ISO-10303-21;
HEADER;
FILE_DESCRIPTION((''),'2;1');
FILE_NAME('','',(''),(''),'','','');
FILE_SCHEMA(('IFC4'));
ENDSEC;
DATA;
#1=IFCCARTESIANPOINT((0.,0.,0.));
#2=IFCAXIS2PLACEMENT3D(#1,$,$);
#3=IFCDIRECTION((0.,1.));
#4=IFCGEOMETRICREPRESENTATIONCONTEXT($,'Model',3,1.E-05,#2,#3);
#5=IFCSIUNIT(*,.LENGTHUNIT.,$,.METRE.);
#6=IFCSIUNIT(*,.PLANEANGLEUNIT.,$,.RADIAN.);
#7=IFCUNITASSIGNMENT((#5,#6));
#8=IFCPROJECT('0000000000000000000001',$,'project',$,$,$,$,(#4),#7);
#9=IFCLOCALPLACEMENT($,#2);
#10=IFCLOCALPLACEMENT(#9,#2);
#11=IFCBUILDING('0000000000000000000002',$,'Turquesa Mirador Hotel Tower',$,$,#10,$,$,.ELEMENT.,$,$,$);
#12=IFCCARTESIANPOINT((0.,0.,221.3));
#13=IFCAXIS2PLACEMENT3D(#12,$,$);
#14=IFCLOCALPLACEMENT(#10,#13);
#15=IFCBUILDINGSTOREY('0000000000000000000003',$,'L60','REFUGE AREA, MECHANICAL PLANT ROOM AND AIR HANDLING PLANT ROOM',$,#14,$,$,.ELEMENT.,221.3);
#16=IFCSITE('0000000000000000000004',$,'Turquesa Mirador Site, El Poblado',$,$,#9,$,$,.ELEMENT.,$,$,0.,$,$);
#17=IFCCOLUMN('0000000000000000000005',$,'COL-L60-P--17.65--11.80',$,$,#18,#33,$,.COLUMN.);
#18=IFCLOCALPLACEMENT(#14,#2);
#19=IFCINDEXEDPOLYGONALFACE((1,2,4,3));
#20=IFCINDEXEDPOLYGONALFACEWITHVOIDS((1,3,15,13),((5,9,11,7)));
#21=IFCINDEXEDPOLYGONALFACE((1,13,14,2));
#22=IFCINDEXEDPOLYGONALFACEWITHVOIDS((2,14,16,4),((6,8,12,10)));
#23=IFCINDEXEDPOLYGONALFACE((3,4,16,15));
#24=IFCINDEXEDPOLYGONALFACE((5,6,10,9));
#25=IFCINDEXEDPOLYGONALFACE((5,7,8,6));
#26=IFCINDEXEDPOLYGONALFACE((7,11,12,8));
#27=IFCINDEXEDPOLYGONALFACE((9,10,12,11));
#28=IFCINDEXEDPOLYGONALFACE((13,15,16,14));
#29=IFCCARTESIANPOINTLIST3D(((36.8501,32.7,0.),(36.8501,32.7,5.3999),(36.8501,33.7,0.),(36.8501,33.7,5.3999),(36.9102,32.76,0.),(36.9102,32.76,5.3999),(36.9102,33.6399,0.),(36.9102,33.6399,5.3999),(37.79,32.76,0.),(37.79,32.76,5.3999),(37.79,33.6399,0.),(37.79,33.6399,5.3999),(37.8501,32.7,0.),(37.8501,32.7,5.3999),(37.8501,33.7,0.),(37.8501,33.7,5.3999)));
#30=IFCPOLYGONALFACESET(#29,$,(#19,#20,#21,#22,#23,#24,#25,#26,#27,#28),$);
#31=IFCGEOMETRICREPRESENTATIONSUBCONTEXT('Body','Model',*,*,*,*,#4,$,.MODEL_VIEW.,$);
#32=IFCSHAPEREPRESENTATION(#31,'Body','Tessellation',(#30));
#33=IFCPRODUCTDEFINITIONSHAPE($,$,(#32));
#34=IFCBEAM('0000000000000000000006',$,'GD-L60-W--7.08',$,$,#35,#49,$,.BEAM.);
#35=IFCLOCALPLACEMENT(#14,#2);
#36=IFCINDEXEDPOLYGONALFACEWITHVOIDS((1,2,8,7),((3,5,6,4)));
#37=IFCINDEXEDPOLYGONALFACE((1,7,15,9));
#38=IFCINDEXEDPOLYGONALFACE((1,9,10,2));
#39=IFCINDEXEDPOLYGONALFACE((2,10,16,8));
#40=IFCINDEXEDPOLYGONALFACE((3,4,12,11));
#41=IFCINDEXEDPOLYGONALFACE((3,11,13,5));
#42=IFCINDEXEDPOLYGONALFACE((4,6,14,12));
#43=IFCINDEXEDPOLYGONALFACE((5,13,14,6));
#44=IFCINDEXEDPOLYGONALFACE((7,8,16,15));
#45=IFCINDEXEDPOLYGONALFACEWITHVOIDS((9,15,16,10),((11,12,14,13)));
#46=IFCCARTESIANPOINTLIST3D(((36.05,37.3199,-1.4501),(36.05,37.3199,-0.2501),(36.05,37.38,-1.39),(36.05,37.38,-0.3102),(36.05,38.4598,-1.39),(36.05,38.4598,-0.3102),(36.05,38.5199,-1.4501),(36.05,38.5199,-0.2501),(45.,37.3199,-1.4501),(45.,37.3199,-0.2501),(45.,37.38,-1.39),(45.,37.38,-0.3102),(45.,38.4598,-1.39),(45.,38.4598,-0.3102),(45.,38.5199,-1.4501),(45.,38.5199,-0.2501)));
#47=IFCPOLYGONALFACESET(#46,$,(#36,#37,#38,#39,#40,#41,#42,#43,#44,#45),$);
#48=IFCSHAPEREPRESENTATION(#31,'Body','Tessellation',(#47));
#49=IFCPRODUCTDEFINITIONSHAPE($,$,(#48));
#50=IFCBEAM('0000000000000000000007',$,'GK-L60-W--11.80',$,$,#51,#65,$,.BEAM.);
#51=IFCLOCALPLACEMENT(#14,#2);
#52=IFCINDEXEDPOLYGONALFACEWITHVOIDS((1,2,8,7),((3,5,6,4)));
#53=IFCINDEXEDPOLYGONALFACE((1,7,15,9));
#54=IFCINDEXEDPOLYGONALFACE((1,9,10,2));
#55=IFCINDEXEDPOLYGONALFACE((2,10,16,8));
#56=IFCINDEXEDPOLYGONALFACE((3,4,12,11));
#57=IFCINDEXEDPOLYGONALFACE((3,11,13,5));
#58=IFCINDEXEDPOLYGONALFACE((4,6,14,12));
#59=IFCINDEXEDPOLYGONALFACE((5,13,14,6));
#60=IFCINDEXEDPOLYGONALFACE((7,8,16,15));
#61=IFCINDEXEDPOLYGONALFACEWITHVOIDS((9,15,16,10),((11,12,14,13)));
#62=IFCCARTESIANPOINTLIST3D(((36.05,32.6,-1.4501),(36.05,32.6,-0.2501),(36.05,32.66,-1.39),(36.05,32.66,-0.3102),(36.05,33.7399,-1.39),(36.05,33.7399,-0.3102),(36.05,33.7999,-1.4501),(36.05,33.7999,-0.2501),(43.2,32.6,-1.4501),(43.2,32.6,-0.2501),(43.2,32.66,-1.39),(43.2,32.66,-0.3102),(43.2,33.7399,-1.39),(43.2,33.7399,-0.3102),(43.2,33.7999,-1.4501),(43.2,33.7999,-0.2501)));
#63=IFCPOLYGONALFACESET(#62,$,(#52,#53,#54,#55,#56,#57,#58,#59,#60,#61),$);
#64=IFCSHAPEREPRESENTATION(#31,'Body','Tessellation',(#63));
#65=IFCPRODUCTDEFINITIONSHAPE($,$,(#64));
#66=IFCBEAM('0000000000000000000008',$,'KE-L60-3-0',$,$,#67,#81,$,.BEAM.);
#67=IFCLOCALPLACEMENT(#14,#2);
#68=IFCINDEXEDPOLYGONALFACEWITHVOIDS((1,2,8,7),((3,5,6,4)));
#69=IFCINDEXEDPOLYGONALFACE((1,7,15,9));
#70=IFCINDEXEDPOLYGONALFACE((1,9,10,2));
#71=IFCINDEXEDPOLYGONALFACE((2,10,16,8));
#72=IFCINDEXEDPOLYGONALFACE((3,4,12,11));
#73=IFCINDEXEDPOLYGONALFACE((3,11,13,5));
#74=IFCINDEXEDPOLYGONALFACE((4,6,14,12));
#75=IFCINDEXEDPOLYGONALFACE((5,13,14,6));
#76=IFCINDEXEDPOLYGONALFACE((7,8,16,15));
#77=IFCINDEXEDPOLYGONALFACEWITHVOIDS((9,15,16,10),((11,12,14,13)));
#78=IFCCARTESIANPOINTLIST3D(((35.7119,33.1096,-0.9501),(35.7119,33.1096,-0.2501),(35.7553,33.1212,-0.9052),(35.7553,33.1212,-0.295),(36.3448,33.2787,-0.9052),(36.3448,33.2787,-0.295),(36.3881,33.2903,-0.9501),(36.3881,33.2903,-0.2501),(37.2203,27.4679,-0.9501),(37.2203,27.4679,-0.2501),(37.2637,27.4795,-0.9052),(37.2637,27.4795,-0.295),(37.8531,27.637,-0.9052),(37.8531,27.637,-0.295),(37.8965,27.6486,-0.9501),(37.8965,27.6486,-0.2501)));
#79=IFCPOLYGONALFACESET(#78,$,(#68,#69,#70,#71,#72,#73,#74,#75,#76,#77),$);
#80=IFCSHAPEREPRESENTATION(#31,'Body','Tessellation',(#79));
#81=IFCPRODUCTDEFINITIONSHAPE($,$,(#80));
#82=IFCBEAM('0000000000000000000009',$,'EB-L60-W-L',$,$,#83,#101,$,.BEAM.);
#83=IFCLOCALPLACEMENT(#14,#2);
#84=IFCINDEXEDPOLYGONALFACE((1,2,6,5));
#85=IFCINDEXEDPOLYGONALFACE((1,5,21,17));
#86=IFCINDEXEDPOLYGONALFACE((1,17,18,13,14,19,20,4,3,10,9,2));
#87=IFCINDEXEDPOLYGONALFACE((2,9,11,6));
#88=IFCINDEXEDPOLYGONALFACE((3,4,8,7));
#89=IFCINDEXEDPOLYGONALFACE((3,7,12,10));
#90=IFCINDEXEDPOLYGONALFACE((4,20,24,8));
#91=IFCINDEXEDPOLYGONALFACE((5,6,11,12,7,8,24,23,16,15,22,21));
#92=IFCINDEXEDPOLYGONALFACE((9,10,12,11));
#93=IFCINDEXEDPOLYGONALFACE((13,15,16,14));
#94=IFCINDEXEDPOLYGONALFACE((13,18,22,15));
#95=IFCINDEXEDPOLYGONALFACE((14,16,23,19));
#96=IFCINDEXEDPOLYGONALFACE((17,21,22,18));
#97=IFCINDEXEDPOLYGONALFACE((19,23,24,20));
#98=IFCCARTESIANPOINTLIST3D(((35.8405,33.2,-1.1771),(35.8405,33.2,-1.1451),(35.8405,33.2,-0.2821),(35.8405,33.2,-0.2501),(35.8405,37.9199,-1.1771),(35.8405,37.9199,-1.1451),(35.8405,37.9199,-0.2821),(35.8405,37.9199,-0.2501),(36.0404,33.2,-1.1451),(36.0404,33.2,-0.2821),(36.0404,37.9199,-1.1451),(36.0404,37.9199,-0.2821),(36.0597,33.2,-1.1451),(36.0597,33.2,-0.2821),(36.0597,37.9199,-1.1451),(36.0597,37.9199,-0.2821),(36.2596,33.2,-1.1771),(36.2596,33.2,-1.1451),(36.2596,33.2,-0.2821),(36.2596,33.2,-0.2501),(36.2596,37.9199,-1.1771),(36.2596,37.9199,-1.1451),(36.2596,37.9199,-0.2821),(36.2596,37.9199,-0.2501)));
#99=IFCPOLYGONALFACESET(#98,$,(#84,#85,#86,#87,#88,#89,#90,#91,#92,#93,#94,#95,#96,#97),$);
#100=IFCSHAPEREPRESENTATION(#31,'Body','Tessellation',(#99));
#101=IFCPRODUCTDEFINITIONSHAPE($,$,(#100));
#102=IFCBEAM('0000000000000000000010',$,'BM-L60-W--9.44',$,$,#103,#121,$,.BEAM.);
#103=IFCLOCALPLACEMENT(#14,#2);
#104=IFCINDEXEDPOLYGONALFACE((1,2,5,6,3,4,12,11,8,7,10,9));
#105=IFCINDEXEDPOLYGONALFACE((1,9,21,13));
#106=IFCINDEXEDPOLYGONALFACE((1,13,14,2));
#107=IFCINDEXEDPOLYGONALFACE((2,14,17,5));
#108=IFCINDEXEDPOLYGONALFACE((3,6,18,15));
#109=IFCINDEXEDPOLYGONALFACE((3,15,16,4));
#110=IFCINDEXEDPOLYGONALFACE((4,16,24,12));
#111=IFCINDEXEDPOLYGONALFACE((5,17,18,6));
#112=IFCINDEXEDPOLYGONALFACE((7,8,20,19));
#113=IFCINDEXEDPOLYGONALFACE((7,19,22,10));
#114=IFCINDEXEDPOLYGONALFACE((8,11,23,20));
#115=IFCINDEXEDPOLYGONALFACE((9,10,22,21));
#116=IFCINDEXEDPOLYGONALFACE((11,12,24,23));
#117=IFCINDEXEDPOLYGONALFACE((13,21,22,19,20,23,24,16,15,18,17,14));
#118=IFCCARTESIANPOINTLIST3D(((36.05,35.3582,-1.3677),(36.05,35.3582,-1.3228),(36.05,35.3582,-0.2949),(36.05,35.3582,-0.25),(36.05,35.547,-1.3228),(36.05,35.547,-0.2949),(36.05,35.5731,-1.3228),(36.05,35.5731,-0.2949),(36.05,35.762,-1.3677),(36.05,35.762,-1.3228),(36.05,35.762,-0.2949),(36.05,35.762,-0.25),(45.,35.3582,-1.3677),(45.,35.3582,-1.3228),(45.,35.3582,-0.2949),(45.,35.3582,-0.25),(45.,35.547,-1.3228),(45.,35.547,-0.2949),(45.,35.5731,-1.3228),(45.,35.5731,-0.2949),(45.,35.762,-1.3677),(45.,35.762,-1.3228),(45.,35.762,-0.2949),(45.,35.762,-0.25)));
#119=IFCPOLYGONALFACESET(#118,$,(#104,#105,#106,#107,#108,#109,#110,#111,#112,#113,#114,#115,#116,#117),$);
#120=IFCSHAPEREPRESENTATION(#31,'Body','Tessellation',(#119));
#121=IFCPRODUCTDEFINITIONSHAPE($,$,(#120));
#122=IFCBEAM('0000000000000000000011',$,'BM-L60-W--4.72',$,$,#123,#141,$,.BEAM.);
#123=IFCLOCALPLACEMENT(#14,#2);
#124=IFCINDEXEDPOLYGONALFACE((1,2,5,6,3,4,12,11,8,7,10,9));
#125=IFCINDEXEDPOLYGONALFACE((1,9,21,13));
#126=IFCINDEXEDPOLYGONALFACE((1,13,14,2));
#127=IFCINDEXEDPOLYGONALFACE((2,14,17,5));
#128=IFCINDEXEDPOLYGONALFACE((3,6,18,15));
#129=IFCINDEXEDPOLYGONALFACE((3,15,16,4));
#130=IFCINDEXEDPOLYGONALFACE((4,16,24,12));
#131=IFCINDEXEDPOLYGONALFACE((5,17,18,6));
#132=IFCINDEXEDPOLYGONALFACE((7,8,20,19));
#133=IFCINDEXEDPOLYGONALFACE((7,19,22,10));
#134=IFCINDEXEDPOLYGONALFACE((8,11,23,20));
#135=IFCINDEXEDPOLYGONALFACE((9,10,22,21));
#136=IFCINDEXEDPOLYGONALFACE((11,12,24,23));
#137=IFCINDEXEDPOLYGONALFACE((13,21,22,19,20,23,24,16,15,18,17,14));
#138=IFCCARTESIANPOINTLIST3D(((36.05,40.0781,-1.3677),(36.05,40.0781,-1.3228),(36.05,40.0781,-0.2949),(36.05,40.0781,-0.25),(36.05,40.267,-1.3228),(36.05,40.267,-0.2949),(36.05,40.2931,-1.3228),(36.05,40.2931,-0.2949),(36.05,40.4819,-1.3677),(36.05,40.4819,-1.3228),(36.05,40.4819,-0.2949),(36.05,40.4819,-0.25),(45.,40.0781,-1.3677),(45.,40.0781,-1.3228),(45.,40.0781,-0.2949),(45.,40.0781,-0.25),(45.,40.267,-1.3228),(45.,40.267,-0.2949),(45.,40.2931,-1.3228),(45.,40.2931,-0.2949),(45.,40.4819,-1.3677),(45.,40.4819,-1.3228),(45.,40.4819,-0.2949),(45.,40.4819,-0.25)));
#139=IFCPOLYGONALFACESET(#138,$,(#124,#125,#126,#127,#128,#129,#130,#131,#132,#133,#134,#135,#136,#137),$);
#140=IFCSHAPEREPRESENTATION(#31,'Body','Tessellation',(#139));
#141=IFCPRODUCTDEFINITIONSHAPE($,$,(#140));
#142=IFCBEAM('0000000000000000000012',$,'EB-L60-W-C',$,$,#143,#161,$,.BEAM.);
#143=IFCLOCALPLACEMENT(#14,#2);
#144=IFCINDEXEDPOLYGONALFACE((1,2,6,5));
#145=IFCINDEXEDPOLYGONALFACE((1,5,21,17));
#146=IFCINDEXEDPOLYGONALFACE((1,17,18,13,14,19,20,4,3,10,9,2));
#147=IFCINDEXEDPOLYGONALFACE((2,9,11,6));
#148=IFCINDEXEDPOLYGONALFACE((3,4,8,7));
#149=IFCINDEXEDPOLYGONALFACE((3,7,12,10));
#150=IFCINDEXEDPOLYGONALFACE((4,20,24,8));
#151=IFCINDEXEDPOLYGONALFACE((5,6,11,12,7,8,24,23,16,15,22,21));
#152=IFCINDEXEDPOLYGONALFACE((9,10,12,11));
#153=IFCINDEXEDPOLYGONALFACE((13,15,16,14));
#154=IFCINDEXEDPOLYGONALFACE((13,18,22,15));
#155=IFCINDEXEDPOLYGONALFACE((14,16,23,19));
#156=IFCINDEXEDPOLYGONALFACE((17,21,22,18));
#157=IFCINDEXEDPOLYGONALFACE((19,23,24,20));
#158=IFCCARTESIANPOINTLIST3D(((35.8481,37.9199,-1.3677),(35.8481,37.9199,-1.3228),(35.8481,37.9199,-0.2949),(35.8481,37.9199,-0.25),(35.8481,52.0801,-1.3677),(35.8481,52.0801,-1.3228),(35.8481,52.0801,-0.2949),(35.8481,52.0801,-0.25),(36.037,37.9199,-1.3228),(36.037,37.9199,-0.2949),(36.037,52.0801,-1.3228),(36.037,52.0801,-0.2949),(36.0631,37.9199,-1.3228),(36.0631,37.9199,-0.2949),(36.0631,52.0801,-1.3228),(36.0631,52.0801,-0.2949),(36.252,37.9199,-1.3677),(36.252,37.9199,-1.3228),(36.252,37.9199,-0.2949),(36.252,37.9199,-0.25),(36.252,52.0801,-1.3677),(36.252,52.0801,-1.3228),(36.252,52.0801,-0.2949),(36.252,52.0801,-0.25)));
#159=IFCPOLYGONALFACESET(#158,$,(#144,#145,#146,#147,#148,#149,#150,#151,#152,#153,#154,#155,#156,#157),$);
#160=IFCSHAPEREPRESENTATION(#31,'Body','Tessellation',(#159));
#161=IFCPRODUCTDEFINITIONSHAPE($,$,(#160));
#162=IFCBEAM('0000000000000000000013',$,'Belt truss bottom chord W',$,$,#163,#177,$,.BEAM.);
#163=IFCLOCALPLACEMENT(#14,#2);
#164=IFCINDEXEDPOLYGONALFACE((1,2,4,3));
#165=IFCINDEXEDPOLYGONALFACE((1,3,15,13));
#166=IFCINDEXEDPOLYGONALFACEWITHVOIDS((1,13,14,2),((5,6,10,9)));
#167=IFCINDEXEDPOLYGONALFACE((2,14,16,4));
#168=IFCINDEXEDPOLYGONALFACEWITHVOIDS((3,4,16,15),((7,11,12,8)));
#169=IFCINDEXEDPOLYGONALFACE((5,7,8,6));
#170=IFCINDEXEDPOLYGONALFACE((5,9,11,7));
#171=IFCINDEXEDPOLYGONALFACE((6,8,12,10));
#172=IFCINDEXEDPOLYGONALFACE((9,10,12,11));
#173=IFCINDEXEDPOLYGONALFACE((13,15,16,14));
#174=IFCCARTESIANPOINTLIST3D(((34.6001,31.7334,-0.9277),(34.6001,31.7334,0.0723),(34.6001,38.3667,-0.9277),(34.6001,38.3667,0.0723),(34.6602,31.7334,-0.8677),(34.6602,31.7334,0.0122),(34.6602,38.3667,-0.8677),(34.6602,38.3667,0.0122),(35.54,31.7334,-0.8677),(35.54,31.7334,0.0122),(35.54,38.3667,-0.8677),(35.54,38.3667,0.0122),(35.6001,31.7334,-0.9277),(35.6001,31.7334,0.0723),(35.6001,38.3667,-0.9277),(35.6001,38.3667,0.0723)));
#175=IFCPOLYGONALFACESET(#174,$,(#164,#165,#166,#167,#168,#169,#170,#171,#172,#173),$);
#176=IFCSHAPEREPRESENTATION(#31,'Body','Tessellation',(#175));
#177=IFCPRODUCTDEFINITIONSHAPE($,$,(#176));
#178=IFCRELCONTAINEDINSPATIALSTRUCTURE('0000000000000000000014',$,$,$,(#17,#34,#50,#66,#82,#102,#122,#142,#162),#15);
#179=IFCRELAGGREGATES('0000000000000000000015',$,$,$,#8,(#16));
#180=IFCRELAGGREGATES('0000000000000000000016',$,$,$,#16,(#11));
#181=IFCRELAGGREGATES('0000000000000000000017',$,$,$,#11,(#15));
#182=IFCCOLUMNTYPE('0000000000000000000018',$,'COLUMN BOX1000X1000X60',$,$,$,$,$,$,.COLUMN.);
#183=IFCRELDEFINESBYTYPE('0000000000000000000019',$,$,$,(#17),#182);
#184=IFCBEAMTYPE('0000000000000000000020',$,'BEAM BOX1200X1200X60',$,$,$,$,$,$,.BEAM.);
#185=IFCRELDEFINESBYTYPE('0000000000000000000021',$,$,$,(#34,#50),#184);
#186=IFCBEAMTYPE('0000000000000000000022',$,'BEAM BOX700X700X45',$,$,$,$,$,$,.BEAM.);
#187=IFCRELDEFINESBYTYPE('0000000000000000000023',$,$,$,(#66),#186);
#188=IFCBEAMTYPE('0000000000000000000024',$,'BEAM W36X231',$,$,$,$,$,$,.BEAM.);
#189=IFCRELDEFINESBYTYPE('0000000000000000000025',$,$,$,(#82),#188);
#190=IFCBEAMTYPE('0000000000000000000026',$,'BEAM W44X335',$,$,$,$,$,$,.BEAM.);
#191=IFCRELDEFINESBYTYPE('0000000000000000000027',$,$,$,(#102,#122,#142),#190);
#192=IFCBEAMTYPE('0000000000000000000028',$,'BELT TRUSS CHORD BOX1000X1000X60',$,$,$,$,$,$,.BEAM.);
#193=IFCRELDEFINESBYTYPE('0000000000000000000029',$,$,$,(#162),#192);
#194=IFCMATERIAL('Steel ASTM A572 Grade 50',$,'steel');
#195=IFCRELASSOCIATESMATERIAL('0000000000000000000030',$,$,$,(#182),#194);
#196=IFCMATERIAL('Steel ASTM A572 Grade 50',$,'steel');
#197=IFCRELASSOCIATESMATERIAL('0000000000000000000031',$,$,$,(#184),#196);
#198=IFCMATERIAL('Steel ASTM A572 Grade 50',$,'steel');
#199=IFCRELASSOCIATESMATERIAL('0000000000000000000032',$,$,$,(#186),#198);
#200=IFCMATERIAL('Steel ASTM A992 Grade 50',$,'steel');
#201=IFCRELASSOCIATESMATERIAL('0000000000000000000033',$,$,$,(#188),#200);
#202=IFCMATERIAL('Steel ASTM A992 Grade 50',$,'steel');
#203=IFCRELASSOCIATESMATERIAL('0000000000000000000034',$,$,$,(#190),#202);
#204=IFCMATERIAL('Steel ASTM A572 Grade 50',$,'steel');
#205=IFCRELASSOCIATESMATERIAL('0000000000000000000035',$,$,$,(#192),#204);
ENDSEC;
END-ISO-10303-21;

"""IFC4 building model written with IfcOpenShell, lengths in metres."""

from ifc_helpers import new_model, si_unit, direction, frame, origin, origin_2d, place, context, subcontext, project, spatial, hollow_rectangle, i_section, extrude, material, material_profile, profile_set, type_object, element, save


model = new_model("IFC4")

# Units and contexts
model_context = context("Model", 3, precision=1e-05, world=origin(), true_north=direction((0.0, 1.0)))
body_context = subcontext(model_context, "Body", "Model", "MODEL_VIEW")
ifc_project = project(units=[si_unit("LENGTHUNIT", "METRE"), si_unit("PLANEANGLEUNIT", "RADIAN")], contexts=[model_context])

# Site, building, storey
site_placement = place(None, origin())
site = spatial("IfcSite", under=ifc_project, at=site_placement, Name="Turquesa Mirador Site, El Poblado", CompositionType="ELEMENT", RefElevation=0.0)
building_placement = place(site_placement, origin())
building = spatial("IfcBuilding", under=site, at=building_placement, Name="Turquesa Mirador Hotel Tower", CompositionType="ELEMENT")
storey_placement = place(building_placement, frame((0.0, 0.0, 221.3)))
storey = spatial("IfcBuildingStorey", under=building, at=storey_placement, Name="L60", Description="REFUGE AREA, MECHANICAL PLANT ROOM AND AIR HANDLING PLANT ROOM", CompositionType="ELEMENT", Elevation=221.3)

# Column
ifc_material_1 = material(Name="Steel ASTM A572 Grade 50", Category="steel")
ifc_material_profile_1 = material_profile(ifc_material_1, hollow_rectangle(XDim=1.0, YDim=1.0, WallThickness=0.0601, at=origin_2d()), Name="BOX1000X1000X60")
ifc_profile_set_1 = profile_set([ifc_material_profile_1], Name="Steel ASTM A572 Grade 50")
column_type = type_object("IfcColumnType", Name="COLUMN BOX1000X1000X60", PredefinedType="COLUMN", material=ifc_profile_set_1)
column_placement = place(storey_placement, frame((37.3501, 33.2, 0.0), z_axis=(0.0, 0.0, 1.0), x_axis=(1.0, 0.0, 0.0)))
element("IfcColumn", 1, at=column_placement, inside=storey, type_object=column_type, Name="COL-L60-P--17.65--11.80", PredefinedType="COLUMN", context=body_context, shape_type="SweptSolid", body=[
    extrude(hollow_rectangle(XDim=1.0, YDim=1.0, WallThickness=0.0601, at=origin_2d()), origin(), (0.0, 0.0, 1.0), 5.3999),
])

# Beams
ifc_material_2 = material(Name="Steel ASTM A572 Grade 50", Category="steel")
ifc_material_profile_2 = material_profile(ifc_material_2, hollow_rectangle(XDim=1.2, YDim=1.2, WallThickness=0.0601, at=origin_2d()), Name="BOX1200X1200X60")
ifc_profile_set_2 = profile_set([ifc_material_profile_2], Name="Steel ASTM A572 Grade 50")
beam_type_1 = type_object("IfcBeamType", Name="BEAM BOX1200X1200X60", PredefinedType="BEAM", material=ifc_profile_set_2)
beam_1_placement = place(storey_placement, frame((36.05, 37.9199, -0.8501), z_axis=(1.0, 0.0, 0.0), x_axis=(0.0, 1.0, 0.0)))
element("IfcBeam", 2, at=beam_1_placement, inside=storey, type_object=beam_type_1, Name="GD-L60-W--7.08", PredefinedType="BEAM", context=body_context, shape_type="SweptSolid", body=[
    extrude(hollow_rectangle(XDim=1.2, YDim=1.2, WallThickness=0.0601, at=origin_2d()), origin(), (0.0, 0.0, 1.0), 8.95),
])
beam_2_placement = place(storey_placement, frame((36.05, 33.2, -0.8501), z_axis=(1.0, 0.0, 0.0), x_axis=(0.0, 1.0, 0.0)))
element("IfcBeam", 3, at=beam_2_placement, inside=storey, type_object=beam_type_1, Name="GK-L60-W--11.80", PredefinedType="BEAM", context=body_context, shape_type="SweptSolid", body=[
    extrude(hollow_rectangle(XDim=1.2, YDim=1.2, WallThickness=0.0601, at=origin_2d()), origin(), (0.0, 0.0, 1.0), 7.1499),
])
ifc_material_3 = material(Name="Steel ASTM A572 Grade 50", Category="steel")
ifc_material_profile_3 = material_profile(ifc_material_3, hollow_rectangle(XDim=0.7, YDim=0.7, WallThickness=0.0449, at=origin_2d()), Name="BOX700X700X45")
ifc_profile_set_3 = profile_set([ifc_material_profile_3], Name="Steel ASTM A572 Grade 50")
beam_type_2 = type_object("IfcBeamType", Name="BEAM BOX700X700X45", PredefinedType="BEAM", material=ifc_profile_set_3)
beam_3_placement = place(storey_placement, frame((36.05, 33.2, -0.6001), z_axis=(0.258282, -0.96607, 0.0), x_axis=(0.96607, 0.258282, 0.0)))
element("IfcBeam", 4, at=beam_3_placement, inside=storey, type_object=beam_type_2, Name="KE-L60-3-0", PredefinedType="BEAM", context=body_context, shape_type="SweptSolid", body=[
    extrude(hollow_rectangle(XDim=0.7, YDim=0.7, WallThickness=0.0449, at=origin_2d()), origin(), (0.0, 0.0, 1.0), 5.8398),
])
ifc_material_4 = material(Name="Steel ASTM A992 Grade 50", Category="steel")
ifc_material_profile_4 = material_profile(ifc_material_4, i_section(OverallWidth=0.4192, OverallDepth=0.927, WebThickness=0.0193, FlangeThickness=0.032, at=origin_2d()), Name="W36X231")
ifc_profile_set_4 = profile_set([ifc_material_profile_4], Name="Steel ASTM A992 Grade 50")
beam_type_3 = type_object("IfcBeamType", Name="BEAM W36X231", PredefinedType="BEAM", material=ifc_profile_set_4)
beam_4_placement = place(storey_placement, frame((36.05, 33.2, -0.7136), z_axis=(0.0, 1.0, 0.0), x_axis=(-1.0, 0.0, 0.0)))
element("IfcBeam", 5, at=beam_4_placement, inside=storey, type_object=beam_type_3, Name="EB-L60-W-L", PredefinedType="BEAM", context=body_context, shape_type="SweptSolid", body=[
    extrude(i_section(OverallWidth=0.4192, OverallDepth=0.927, WebThickness=0.0193, FlangeThickness=0.032, at=origin_2d()), origin(), (0.0, 0.0, 1.0), 4.72),
])
ifc_material_5 = material(Name="Steel ASTM A992 Grade 50", Category="steel")
ifc_material_profile_5 = material_profile(ifc_material_5, i_section(OverallWidth=0.4038, OverallDepth=1.1177, WebThickness=0.0261, FlangeThickness=0.0449, at=origin_2d()), Name="W44X335")
ifc_profile_set_5 = profile_set([ifc_material_profile_5], Name="Steel ASTM A992 Grade 50")
beam_type_4 = type_object("IfcBeamType", Name="BEAM W44X335", PredefinedType="BEAM", material=ifc_profile_set_5)
for number, where, z_axis, x_axis, name in (
    (6, (36.05, 35.5601, -0.8088), (1.0, 0.0, 0.0), (0.0, 1.0, 0.0), "BM-L60-W--9.44"),
    (7, (36.05, 40.28, -0.8088), (1.0, 0.0, 0.0), (0.0, 1.0, 0.0), "BM-L60-W--4.72"),
):
    element("IfcBeam", number, at=place(storey_placement, frame(where, z_axis=z_axis, x_axis=x_axis)), inside=storey, type_object=beam_type_4, Name=name, PredefinedType="BEAM", context=body_context, shape_type="SweptSolid", body=[
        extrude(i_section(OverallWidth=0.4038, OverallDepth=1.1177, WebThickness=0.0261, FlangeThickness=0.0449, at=origin_2d()), origin(), (0.0, 0.0, 1.0), 8.95),
    ])
beam_5_placement = place(storey_placement, frame((36.05, 37.9199, -0.8088), z_axis=(0.0, 1.0, 0.0), x_axis=(-1.0, 0.0, 0.0)))
element("IfcBeam", 8, at=beam_5_placement, inside=storey, type_object=beam_type_4, Name="EB-L60-W-C", PredefinedType="BEAM", context=body_context, shape_type="SweptSolid", body=[
    extrude(i_section(OverallWidth=0.4038, OverallDepth=1.1177, WebThickness=0.0261, FlangeThickness=0.0449, at=origin_2d()), origin(), (0.0, 0.0, 1.0), 14.1602),
])
ifc_material_6 = material(Name="Steel ASTM A572 Grade 50", Category="steel")
ifc_material_profile_6 = material_profile(ifc_material_6, hollow_rectangle(XDim=1.0, YDim=1.0, WallThickness=0.0601, at=origin_2d()), Name="BOX1000X1000X60")
ifc_profile_set_6 = profile_set([ifc_material_profile_6], Name="Steel ASTM A572 Grade 50")
beam_type_5 = type_object("IfcBeamType", Name="BELT TRUSS CHORD BOX1000X1000X60", PredefinedType="BEAM", material=ifc_profile_set_6)
beam_6_placement = place(storey_placement, frame((35.1001, 31.7334, -0.4277), z_axis=(0.0, 1.0, 0.0), x_axis=(-1.0, 0.0, 0.0)))
element("IfcBeam", 9, at=beam_6_placement, inside=storey, type_object=beam_type_5, Name="Belt truss bottom chord W", PredefinedType="BEAM", context=body_context, shape_type="SweptSolid", body=[
    extrude(hollow_rectangle(XDim=1.0, YDim=1.0, WallThickness=0.0601, at=origin_2d()), origin(), (0.0, 0.0, 1.0), 6.6333),
])

save(model, "model.ifc")
